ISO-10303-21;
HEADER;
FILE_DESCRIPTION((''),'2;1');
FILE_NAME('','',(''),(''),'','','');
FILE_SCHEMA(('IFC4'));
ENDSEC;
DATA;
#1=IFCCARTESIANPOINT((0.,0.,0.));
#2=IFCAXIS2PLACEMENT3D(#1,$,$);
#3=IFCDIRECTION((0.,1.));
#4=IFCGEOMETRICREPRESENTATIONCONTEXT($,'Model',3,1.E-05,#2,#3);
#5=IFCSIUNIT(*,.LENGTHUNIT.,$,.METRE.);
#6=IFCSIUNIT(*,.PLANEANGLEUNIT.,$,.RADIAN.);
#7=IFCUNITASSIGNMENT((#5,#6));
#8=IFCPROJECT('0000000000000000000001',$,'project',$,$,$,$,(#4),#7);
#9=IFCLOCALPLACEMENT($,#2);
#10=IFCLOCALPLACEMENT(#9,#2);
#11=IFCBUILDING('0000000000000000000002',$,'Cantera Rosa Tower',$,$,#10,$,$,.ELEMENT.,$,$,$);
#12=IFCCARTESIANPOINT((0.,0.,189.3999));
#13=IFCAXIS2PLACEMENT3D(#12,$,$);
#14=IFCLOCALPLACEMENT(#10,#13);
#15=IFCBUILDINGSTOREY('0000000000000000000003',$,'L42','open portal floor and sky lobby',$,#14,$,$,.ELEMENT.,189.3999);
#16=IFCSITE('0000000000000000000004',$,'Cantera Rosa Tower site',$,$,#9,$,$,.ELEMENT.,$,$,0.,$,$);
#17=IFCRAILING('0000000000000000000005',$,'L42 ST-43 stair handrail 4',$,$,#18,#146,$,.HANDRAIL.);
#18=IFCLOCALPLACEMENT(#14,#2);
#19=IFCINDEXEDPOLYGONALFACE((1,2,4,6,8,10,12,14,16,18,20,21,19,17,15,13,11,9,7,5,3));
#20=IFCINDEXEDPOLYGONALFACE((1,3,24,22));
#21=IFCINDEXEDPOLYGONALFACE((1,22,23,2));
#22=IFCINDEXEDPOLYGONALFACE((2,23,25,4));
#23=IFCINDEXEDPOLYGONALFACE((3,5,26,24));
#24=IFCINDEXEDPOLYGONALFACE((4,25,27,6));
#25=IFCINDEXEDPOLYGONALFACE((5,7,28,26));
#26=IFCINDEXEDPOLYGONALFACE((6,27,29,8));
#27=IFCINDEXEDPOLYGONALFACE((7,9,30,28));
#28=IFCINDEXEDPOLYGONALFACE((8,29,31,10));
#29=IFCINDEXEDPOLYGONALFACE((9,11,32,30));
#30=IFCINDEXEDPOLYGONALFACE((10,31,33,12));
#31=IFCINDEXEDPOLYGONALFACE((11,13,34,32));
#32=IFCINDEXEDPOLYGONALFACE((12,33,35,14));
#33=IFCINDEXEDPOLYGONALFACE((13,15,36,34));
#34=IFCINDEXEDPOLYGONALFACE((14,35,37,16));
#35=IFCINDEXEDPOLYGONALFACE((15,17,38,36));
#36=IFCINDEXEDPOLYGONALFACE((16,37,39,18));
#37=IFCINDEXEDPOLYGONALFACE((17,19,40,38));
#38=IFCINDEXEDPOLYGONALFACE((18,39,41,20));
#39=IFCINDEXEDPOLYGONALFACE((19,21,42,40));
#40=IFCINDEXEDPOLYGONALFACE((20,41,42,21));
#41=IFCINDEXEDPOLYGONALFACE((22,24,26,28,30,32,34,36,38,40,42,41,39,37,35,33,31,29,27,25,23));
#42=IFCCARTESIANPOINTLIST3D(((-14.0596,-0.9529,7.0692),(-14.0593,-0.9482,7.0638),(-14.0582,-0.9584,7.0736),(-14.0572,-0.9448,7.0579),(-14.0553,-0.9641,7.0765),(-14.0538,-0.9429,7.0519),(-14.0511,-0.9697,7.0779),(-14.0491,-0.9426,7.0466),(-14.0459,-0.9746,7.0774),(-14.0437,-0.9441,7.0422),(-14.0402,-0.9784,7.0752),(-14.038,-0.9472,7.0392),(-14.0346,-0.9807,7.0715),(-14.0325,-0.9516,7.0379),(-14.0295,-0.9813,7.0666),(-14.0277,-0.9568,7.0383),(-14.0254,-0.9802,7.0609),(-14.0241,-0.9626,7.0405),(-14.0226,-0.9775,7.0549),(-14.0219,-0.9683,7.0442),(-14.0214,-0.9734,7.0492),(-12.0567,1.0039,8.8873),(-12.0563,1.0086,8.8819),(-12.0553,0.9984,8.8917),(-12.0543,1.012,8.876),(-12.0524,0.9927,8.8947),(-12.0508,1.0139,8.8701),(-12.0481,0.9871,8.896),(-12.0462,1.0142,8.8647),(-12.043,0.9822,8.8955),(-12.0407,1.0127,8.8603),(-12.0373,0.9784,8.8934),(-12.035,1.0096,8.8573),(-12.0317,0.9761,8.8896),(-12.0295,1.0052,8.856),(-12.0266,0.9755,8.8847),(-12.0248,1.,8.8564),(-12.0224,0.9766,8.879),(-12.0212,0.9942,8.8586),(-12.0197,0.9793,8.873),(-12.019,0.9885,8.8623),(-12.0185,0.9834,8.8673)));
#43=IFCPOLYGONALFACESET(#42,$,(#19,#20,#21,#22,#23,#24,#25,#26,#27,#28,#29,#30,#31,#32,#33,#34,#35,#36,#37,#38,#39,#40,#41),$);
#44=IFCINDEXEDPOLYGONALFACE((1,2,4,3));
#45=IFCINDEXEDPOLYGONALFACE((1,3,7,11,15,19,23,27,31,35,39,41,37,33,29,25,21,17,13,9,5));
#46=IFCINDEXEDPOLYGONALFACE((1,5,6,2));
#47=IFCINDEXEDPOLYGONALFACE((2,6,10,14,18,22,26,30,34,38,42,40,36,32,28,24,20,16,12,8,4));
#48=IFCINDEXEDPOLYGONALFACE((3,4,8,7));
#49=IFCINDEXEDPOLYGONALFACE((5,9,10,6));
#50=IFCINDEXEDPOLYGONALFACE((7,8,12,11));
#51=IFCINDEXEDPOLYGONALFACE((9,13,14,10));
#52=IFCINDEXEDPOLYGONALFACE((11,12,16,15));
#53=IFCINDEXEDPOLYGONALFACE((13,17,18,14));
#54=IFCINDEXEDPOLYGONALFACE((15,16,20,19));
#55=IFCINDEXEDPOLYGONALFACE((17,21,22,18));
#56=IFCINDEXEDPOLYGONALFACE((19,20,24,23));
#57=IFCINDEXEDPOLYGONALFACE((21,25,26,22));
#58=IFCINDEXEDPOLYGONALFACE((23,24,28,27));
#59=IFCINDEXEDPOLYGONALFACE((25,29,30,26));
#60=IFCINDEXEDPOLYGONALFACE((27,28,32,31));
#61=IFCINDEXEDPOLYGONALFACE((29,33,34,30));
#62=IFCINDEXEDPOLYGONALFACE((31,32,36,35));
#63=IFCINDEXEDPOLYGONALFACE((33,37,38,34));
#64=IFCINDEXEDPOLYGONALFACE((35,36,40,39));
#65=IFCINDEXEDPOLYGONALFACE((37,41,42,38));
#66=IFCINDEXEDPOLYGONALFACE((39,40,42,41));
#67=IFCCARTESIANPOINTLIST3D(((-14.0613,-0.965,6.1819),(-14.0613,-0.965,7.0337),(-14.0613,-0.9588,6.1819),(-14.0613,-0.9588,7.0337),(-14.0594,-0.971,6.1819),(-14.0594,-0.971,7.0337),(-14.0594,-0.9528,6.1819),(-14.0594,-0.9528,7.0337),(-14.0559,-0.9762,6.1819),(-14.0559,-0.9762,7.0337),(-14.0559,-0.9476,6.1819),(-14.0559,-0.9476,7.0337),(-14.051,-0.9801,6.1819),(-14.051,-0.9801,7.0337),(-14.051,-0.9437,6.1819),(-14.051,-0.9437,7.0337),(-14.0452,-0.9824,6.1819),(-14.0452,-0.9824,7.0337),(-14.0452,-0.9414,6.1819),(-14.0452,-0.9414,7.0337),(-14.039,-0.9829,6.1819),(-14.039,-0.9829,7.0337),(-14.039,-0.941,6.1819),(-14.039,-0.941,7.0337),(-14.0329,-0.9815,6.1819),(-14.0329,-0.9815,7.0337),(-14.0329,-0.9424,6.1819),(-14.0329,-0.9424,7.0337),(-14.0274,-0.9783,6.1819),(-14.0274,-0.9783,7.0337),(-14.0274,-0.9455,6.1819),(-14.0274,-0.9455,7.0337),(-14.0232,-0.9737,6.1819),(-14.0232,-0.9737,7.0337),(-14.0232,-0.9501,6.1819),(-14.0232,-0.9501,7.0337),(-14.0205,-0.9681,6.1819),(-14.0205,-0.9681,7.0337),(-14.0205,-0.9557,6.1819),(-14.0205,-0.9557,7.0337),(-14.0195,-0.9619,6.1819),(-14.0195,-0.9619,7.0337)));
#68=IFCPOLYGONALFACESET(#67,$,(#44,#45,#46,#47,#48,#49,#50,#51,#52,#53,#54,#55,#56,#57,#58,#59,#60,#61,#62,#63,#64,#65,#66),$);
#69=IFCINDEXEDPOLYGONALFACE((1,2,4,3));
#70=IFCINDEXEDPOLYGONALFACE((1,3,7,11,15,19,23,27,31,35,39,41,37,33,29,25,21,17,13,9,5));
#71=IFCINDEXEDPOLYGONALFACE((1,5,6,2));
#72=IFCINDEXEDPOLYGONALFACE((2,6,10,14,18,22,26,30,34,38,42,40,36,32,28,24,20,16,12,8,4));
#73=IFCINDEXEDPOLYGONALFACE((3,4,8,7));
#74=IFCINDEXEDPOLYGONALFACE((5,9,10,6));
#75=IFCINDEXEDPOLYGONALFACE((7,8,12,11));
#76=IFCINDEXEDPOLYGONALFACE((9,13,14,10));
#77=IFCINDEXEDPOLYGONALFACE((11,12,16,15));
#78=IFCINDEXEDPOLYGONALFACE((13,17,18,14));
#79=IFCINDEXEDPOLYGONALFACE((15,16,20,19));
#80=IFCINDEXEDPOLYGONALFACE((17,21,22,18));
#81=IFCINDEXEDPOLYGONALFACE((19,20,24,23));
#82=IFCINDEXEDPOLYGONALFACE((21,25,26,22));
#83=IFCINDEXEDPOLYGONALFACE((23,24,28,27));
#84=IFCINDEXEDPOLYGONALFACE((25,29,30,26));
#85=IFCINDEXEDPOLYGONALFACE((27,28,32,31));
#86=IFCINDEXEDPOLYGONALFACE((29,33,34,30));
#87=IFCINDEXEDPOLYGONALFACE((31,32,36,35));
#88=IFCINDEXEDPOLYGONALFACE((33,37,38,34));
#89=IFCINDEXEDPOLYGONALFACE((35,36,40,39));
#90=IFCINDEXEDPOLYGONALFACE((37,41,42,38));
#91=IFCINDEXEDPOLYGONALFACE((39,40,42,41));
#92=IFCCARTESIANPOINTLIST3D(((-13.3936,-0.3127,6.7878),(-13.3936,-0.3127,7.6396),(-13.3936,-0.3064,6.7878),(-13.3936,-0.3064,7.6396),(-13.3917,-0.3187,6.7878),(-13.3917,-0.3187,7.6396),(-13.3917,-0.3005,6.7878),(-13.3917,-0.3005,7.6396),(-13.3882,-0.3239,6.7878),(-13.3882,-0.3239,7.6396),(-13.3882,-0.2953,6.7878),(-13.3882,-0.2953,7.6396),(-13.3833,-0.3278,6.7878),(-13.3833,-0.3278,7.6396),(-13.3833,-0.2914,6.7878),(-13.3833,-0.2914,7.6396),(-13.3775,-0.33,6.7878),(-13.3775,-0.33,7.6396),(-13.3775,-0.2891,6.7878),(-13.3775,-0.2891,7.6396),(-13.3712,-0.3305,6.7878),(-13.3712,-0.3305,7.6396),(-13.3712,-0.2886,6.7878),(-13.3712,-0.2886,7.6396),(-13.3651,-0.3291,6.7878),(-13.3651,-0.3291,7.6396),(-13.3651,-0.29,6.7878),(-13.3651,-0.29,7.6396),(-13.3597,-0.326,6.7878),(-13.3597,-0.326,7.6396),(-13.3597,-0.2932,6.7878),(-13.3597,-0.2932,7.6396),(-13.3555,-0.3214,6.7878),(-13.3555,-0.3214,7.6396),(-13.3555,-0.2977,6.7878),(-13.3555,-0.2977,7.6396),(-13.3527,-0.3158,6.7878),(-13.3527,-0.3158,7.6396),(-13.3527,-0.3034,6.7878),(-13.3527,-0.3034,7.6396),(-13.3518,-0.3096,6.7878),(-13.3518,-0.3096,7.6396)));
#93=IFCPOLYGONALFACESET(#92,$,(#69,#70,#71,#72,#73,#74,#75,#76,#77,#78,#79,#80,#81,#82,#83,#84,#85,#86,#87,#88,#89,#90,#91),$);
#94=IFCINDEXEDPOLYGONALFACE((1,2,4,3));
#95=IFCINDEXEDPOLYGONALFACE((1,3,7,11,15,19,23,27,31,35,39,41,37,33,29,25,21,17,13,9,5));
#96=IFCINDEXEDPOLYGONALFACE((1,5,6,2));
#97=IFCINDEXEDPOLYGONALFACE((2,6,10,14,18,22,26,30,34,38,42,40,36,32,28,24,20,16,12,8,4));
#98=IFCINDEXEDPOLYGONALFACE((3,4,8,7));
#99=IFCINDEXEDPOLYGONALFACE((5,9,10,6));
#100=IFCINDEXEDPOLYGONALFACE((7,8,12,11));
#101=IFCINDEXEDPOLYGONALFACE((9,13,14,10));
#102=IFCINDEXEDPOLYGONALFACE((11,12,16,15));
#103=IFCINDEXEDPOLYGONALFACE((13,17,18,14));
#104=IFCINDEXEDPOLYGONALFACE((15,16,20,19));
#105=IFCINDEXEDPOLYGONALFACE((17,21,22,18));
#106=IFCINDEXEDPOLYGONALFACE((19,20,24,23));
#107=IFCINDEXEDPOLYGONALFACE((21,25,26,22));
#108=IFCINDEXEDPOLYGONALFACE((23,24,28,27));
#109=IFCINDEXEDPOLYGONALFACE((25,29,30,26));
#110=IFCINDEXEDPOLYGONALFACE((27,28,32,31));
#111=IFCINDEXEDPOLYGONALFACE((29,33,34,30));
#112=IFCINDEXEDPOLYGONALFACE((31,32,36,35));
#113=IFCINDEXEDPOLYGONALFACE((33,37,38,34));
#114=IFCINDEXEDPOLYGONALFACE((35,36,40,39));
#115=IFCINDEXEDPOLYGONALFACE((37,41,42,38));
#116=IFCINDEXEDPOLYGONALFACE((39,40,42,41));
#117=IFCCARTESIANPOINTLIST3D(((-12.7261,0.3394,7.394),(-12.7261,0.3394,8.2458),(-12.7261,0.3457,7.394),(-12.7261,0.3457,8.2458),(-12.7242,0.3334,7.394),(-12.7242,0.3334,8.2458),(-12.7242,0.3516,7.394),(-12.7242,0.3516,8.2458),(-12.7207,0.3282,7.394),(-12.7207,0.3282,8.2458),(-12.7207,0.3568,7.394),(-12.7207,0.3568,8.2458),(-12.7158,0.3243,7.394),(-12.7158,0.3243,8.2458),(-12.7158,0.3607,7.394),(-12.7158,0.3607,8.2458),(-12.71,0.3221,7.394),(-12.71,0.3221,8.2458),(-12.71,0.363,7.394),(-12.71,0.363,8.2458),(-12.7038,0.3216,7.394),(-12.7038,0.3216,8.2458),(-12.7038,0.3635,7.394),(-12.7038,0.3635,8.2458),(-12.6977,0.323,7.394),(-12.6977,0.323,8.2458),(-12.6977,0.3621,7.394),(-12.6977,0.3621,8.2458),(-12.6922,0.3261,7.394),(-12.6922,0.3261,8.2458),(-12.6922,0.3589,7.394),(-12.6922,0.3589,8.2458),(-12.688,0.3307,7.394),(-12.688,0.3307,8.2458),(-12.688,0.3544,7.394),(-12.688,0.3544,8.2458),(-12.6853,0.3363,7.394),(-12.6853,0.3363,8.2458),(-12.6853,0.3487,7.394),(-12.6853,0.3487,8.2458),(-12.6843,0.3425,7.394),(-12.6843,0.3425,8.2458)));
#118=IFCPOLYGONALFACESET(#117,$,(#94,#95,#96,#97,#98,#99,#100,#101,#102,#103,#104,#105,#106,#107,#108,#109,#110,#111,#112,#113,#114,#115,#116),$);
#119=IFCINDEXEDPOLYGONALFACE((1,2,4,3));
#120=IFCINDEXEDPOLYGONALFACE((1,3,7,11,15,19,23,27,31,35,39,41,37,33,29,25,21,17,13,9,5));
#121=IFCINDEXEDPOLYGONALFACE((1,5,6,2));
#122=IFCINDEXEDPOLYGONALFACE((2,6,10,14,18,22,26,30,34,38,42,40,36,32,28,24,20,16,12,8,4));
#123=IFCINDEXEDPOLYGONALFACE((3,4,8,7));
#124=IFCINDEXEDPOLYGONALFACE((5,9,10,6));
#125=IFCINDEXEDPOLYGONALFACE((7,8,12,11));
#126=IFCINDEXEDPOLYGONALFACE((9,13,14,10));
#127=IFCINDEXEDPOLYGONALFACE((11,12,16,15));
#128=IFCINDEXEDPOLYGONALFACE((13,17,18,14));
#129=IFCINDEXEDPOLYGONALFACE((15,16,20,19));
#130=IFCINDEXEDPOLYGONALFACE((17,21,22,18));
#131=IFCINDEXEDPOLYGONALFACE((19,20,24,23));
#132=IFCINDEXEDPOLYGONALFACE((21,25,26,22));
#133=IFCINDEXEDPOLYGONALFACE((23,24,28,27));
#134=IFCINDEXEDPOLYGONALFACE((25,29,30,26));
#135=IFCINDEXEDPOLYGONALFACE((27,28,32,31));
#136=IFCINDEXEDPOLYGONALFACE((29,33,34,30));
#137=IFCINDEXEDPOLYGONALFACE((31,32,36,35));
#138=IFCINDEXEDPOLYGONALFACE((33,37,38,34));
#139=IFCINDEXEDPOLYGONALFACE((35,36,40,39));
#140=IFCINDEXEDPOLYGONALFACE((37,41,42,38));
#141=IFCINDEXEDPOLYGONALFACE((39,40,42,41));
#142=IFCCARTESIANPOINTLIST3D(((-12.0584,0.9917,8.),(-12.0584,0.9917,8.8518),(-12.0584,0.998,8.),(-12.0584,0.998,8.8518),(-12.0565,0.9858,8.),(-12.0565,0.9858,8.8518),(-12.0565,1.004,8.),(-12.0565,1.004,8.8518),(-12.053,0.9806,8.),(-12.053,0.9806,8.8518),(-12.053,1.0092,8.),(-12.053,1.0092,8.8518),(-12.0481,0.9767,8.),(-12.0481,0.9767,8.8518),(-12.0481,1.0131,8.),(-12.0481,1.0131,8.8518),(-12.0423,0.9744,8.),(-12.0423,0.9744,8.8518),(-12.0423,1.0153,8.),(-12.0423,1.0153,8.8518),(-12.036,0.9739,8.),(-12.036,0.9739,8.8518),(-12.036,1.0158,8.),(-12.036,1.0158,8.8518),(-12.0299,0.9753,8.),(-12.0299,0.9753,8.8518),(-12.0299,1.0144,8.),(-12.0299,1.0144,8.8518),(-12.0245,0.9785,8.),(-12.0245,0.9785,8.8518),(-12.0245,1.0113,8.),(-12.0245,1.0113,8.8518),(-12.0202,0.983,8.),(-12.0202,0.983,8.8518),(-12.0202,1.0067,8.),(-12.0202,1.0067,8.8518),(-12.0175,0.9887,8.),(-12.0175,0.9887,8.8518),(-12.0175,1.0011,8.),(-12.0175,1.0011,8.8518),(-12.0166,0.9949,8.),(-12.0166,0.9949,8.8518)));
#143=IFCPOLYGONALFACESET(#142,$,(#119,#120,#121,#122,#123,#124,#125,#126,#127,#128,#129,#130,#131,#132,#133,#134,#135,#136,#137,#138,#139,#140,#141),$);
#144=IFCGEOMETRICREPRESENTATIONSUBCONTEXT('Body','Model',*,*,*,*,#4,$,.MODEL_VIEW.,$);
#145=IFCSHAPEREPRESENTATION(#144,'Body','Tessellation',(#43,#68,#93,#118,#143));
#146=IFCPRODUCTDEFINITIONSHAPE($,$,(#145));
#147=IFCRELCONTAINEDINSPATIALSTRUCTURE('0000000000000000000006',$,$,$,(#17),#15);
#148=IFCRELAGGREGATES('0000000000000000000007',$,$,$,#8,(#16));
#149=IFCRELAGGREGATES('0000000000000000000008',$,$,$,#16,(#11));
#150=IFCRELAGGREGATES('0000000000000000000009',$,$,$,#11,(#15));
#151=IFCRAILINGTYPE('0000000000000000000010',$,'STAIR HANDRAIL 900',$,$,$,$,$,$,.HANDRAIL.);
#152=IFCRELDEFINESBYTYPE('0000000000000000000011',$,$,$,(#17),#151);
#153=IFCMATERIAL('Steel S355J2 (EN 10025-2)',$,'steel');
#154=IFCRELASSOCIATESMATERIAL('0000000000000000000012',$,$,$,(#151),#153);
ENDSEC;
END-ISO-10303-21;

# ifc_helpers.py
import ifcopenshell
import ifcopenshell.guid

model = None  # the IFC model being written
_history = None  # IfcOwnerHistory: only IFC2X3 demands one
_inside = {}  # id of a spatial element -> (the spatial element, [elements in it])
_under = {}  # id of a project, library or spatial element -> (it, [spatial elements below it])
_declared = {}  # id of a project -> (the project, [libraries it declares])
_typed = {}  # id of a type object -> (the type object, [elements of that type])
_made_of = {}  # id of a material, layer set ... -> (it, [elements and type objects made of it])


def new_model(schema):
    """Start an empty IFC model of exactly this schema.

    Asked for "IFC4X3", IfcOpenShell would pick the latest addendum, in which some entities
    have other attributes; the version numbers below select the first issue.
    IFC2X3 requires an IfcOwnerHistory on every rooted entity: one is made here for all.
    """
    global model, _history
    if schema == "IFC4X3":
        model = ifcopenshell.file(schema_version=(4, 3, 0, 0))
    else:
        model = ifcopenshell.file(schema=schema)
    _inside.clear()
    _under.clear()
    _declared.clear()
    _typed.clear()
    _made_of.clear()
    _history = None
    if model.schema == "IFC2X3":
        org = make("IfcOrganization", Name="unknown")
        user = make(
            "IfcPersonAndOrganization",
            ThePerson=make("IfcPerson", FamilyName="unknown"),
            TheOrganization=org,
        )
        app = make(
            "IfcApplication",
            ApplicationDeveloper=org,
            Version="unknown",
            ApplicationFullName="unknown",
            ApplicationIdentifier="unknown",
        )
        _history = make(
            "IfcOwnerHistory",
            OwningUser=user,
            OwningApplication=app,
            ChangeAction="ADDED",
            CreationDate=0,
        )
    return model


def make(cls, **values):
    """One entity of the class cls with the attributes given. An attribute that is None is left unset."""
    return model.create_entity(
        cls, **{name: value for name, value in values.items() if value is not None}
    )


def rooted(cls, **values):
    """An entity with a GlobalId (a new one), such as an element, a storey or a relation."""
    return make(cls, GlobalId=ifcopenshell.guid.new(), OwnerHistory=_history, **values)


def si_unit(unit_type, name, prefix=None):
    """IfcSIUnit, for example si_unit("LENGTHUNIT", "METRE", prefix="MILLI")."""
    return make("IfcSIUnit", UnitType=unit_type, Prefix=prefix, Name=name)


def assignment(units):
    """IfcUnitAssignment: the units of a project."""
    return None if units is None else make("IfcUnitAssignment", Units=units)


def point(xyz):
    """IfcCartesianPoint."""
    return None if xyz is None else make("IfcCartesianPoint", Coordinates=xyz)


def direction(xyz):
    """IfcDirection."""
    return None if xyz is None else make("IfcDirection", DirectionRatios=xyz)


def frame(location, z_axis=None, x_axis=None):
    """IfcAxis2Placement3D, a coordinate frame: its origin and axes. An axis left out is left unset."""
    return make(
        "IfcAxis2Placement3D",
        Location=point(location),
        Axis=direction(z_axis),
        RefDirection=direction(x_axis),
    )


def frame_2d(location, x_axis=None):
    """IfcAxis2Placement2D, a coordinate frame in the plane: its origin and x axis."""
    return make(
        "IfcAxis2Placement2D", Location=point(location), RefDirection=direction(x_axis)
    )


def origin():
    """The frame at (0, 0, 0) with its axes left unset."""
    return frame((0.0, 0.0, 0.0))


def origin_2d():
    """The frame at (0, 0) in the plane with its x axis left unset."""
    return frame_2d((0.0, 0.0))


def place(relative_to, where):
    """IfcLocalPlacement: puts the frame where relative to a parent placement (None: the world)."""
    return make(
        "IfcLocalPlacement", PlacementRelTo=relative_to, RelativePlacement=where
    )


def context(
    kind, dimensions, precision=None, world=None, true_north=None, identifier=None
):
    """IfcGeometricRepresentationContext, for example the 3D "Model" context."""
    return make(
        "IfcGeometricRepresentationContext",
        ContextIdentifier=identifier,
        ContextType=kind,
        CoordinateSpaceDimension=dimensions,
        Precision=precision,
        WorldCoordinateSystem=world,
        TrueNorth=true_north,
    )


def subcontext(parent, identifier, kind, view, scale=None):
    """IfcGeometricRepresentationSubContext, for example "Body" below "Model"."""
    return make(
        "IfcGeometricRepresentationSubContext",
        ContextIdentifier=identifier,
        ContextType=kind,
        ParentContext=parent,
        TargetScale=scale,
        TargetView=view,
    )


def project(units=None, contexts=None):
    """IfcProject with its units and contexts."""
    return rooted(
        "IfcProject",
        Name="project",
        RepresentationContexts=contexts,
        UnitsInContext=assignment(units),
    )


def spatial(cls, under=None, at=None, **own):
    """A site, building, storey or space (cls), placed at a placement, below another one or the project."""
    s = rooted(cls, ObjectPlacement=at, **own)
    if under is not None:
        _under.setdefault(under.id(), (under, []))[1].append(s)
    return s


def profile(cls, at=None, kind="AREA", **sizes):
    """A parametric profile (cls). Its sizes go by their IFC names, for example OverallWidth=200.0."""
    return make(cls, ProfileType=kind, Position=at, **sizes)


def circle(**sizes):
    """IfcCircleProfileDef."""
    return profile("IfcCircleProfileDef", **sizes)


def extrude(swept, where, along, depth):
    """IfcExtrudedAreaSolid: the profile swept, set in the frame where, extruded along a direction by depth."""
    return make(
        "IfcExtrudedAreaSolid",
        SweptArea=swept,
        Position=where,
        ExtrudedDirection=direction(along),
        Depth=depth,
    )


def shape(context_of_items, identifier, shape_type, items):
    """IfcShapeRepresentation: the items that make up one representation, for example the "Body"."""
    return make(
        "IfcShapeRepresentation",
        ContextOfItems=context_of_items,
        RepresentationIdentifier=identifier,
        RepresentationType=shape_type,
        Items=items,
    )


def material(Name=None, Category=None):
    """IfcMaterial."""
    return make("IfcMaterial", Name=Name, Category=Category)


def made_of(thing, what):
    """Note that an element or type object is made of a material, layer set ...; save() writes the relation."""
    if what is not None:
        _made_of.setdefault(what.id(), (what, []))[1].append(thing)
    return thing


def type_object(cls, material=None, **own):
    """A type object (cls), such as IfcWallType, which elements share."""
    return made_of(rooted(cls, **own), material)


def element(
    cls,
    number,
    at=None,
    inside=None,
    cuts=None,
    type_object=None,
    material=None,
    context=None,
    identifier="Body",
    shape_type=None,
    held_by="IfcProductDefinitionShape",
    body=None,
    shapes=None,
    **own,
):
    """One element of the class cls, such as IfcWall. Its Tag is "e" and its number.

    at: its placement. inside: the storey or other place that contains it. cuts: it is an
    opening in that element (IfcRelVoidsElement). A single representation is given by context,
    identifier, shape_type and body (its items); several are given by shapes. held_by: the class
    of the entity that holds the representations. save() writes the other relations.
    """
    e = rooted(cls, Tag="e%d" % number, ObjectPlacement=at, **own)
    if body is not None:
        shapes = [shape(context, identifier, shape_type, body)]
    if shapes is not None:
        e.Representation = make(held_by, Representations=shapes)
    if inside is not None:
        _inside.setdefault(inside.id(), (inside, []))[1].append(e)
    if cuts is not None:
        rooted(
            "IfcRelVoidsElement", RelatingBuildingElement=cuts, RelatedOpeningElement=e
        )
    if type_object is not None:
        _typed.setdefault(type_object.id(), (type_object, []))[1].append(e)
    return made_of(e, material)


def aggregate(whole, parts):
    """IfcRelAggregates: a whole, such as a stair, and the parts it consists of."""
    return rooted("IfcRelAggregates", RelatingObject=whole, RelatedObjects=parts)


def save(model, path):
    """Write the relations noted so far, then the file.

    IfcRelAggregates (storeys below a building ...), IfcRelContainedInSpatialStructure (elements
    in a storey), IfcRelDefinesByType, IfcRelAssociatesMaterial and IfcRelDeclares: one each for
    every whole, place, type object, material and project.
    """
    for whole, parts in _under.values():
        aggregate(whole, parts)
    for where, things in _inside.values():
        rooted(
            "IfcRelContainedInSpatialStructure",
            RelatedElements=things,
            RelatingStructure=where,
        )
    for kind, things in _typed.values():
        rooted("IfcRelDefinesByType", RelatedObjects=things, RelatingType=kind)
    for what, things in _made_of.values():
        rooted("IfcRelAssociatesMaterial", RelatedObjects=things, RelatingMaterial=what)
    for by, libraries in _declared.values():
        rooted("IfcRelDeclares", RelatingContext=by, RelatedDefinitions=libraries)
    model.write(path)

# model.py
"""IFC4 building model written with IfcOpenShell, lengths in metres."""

from ifc_helpers import new_model, si_unit, direction, frame, origin, origin_2d, place, context, subcontext, project, spatial, circle, extrude, material, type_object, element, save


model = new_model("IFC4")

# Units and contexts
model_context = context("Model", 3, precision=1e-05, world=origin(), true_north=direction((0.0, 1.0)))
body_context = subcontext(model_context, "Body", "Model", "MODEL_VIEW")
ifc_project = project(units=[si_unit("LENGTHUNIT", "METRE"), si_unit("PLANEANGLEUNIT", "RADIAN")], contexts=[model_context])

# Site, building, storey
site_placement = place(None, origin())
site = spatial("IfcSite", under=ifc_project, at=site_placement, Name="Cantera Rosa Tower site", CompositionType="ELEMENT", RefElevation=0.0)
building_placement = place(site_placement, origin())
building = spatial("IfcBuilding", under=site, at=building_placement, Name="Cantera Rosa Tower", CompositionType="ELEMENT")
storey_placement = place(building_placement, frame((0.0, 0.0, 189.3999)))
storey = spatial("IfcBuildingStorey", under=building, at=storey_placement, Name="L42", Description="open portal floor and sky lobby", CompositionType="ELEMENT", Elevation=189.3999)

# Railing
ifc_material_1 = material(Name="Steel S355J2 (EN 10025-2)", Category="steel")
railing_type_1 = type_object("IfcRailingType", Name="STAIR HANDRAIL 900", PredefinedType="HANDRAIL", material=ifc_material_1)
for number, where, name in (
    (1, (-14.0405, -0.9619, 6.1819), "L42 ST-43 stair handrail 4"),
):
    element("IfcRailing", number, at=place(storey_placement, frame(where)), inside=storey, type_object=railing_type_1, Name=name, PredefinedType="HANDRAIL", context=body_context, shape_type="SweptSolid", body=[
        extrude(circle(Radius=0.0239, at=origin_2d()), frame((0.0, 0.0, 0.876), z_axis=(0.59993, 0.586109, 0.544573), x_axis=(-0.698819, 0.715298, 0.0)), (0.0, 0.0, 1.0), 3.3386),
        extrude(circle(Radius=0.021, at=origin_2d()), origin(), (0.0, 0.0, 1.0), 0.8518),
        extrude(circle(Radius=0.021, at=origin_2d()), frame((0.6677, 0.6523, 0.606)), (0.0, 0.0, 1.0), 0.8518),
        extrude(circle(Radius=0.021, at=origin_2d()), frame((1.3352, 1.3044, 1.2122)), (0.0, 0.0, 1.0), 0.8518),
        extrude(circle(Radius=0.021, at=origin_2d()), frame((2.0029, 1.9568, 1.8181)), (0.0, 0.0, 1.0), 0.8518),
    ])

save(model, "model.ifc")
